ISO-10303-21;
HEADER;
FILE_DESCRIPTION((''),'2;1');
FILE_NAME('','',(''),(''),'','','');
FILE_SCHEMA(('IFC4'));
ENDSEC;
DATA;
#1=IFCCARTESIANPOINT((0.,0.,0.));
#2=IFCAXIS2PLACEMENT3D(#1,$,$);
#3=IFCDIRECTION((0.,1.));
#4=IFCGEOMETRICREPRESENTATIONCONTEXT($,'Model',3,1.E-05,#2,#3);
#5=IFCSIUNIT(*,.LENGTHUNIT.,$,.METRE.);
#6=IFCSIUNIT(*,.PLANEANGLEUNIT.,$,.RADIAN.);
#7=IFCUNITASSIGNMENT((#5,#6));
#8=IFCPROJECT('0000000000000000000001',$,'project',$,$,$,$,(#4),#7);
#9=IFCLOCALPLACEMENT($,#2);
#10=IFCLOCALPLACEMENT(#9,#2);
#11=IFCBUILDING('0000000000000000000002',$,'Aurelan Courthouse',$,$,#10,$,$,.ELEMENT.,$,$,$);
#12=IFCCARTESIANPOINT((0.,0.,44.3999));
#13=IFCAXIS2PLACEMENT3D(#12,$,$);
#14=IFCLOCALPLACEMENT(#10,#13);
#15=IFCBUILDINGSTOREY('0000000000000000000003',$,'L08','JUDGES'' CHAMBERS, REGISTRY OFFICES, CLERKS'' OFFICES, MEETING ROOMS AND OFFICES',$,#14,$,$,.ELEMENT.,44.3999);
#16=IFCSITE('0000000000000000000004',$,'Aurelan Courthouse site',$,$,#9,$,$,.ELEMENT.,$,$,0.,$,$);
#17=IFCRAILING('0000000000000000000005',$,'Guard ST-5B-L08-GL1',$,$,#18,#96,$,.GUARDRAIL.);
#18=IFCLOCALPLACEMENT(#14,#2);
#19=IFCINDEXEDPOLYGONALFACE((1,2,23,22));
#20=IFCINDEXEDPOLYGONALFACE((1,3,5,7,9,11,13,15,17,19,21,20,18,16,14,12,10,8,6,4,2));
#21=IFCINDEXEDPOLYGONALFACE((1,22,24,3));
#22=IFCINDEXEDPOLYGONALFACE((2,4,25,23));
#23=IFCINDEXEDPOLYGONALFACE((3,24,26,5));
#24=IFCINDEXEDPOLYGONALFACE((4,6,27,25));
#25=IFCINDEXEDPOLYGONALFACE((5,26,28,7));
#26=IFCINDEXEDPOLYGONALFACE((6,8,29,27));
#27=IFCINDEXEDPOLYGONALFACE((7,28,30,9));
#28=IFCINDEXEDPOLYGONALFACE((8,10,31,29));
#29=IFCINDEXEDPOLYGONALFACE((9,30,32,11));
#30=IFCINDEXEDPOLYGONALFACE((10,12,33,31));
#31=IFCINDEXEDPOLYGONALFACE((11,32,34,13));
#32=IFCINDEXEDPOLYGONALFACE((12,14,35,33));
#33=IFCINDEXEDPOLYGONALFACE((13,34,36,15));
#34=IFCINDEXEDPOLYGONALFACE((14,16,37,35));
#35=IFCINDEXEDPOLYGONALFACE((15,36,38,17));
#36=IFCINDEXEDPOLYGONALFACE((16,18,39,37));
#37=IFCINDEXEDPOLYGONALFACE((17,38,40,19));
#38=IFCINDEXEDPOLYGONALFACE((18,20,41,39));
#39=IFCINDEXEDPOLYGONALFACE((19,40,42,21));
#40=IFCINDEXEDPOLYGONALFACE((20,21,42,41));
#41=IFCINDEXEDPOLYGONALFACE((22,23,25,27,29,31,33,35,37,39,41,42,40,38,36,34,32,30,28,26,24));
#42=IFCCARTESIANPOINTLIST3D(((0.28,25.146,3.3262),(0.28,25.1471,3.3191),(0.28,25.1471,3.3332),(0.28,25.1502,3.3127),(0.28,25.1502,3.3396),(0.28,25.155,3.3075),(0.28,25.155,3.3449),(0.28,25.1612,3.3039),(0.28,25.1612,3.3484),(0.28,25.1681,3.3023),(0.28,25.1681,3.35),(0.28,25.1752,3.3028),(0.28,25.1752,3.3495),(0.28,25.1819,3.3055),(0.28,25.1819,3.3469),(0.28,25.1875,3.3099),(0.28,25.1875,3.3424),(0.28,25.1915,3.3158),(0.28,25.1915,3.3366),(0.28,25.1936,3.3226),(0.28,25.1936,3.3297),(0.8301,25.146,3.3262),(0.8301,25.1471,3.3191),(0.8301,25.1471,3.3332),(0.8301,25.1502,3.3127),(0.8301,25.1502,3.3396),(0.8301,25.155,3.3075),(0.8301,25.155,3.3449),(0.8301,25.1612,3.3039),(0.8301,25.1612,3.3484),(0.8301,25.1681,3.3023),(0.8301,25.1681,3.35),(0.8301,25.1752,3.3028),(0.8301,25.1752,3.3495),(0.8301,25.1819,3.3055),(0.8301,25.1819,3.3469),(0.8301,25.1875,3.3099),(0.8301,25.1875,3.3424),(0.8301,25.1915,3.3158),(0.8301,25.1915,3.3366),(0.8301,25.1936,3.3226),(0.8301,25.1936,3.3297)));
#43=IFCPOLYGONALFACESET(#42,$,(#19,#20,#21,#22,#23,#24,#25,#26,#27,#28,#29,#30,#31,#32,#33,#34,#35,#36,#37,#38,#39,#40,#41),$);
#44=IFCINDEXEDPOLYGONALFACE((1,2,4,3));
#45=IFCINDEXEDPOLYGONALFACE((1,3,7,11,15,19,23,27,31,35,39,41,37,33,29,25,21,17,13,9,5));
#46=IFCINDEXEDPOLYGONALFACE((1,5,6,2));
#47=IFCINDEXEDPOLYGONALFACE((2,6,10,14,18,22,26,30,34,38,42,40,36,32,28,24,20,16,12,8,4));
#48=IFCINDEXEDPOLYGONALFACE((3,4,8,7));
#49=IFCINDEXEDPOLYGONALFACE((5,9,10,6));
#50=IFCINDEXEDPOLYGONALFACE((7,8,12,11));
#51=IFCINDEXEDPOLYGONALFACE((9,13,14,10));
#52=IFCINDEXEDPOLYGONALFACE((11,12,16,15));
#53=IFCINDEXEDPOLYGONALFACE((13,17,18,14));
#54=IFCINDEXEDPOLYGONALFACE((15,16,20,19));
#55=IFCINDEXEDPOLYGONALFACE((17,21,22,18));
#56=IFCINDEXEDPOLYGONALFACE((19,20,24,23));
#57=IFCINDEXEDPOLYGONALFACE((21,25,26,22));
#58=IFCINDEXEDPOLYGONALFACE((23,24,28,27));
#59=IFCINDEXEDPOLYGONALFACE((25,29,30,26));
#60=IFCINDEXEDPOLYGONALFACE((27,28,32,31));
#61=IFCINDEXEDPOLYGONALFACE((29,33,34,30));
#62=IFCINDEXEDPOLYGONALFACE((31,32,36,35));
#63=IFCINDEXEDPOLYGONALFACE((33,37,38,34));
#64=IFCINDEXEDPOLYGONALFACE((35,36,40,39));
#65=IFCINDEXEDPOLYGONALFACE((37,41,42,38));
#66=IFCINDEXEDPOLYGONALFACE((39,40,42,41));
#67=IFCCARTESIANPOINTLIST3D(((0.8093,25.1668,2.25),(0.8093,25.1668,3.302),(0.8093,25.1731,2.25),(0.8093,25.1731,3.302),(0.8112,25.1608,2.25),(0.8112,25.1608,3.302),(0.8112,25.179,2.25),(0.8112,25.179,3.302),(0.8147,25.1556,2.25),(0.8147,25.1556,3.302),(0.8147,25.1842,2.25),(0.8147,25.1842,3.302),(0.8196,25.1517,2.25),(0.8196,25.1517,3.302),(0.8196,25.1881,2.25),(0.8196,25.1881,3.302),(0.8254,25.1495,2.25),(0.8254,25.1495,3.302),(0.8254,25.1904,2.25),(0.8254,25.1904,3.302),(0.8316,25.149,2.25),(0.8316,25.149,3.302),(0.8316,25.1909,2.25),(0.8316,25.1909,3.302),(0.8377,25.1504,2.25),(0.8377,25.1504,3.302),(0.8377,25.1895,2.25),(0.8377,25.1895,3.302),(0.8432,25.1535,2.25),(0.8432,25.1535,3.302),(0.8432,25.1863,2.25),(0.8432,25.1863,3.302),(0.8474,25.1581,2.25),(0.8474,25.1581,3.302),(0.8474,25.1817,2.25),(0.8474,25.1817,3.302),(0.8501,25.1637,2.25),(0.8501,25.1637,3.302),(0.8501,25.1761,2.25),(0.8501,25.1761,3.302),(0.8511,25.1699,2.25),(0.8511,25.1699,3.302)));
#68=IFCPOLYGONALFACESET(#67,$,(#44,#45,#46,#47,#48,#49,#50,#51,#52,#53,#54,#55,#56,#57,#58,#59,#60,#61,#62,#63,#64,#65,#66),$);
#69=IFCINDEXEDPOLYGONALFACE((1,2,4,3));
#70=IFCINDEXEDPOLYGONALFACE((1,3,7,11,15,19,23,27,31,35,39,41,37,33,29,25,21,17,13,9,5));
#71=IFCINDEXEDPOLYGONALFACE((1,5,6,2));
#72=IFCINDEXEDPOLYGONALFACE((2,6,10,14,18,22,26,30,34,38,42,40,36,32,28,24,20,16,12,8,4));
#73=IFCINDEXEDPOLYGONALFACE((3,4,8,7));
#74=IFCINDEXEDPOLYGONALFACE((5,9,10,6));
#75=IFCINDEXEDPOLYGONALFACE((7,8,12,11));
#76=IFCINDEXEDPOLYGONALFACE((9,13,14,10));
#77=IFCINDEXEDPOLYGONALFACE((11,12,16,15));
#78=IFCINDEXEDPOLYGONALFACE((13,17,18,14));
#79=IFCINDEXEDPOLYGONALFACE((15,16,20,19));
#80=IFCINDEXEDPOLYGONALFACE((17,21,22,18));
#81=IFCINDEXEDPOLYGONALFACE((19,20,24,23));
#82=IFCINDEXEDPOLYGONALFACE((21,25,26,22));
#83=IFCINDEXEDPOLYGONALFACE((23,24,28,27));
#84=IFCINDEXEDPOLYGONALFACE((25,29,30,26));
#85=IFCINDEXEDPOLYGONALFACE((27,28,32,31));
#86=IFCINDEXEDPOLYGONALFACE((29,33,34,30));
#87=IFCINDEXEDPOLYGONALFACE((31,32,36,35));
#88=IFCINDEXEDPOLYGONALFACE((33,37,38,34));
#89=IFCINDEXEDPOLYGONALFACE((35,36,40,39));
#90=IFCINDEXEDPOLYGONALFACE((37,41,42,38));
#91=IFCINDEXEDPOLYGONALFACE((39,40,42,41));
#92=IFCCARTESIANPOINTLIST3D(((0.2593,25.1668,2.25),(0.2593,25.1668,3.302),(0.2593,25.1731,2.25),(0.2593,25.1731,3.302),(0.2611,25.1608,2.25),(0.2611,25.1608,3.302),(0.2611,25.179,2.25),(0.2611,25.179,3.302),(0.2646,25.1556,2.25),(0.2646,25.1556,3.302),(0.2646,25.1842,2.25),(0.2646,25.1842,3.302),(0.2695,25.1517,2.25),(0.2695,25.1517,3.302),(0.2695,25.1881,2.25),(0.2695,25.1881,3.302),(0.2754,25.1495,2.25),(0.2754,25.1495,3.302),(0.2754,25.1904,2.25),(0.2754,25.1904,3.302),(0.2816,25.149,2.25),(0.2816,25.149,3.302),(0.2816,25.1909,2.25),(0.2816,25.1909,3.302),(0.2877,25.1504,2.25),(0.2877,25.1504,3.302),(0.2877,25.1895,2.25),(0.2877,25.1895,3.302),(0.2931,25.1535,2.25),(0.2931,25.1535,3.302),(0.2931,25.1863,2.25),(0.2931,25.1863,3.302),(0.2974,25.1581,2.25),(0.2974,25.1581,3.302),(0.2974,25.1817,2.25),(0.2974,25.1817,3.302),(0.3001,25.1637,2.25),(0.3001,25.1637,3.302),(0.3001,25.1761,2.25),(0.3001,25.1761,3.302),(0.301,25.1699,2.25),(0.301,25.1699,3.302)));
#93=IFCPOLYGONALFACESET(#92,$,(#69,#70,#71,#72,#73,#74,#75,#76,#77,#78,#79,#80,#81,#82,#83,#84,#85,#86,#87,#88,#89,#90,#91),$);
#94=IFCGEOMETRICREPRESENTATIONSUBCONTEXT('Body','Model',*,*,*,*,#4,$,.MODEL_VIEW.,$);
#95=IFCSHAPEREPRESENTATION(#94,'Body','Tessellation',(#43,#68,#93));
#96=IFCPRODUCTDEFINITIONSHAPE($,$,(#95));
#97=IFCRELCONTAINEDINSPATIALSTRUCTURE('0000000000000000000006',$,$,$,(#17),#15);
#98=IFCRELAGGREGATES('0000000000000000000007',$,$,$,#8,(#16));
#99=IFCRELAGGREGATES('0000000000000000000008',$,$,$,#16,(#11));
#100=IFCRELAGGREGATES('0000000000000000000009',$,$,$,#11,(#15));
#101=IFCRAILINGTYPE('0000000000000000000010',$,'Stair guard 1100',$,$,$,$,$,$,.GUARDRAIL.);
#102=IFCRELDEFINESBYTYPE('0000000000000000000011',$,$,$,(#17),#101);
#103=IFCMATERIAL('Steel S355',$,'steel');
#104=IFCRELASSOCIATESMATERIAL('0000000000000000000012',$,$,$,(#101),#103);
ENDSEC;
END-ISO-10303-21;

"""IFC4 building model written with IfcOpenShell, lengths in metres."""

from ifc_helpers import new_model, si_unit, direction, frame, origin, origin_2d, place, context, subcontext, project, spatial, circle, extrude, material, type_object, element, save


model = new_model("IFC4")

# Units and contexts
model_context = context("Model", 3, precision=1e-05, world=origin(), true_north=direction((0.0, 1.0)))
body_context = subcontext(model_context, "Body", "Model", "MODEL_VIEW")
ifc_project = project(units=[si_unit("LENGTHUNIT", "METRE"), si_unit("PLANEANGLEUNIT", "RADIAN")], contexts=[model_context])

# Site, building, storey
site_placement = place(None, origin())
site = spatial("IfcSite", under=ifc_project, at=site_placement, Name="Aurelan Courthouse site", CompositionType="ELEMENT", RefElevation=0.0)
building_placement = place(site_placement, origin())
building = spatial("IfcBuilding", under=site, at=building_placement, Name="Aurelan Courthouse", CompositionType="ELEMENT")
storey_placement = place(building_placement, frame((0.0, 0.0, 44.3999)))
storey = spatial("IfcBuildingStorey", under=building, at=storey_placement, Name="L08", Description="JUDGES' CHAMBERS, REGISTRY OFFICES, CLERKS' OFFICES, MEETING ROOMS AND OFFICES", CompositionType="ELEMENT", Elevation=44.3999)

# Railing
ifc_material_1 = material(Name="Steel S355", Category="steel")
railing_type_1 = type_object("IfcRailingType", Name="Stair guard 1100", PredefinedType="GUARDRAIL", material=ifc_material_1)
railing_placement = place(storey_placement, frame((0.8301, 25.1699, 2.25)))
element("IfcRailing", 1, at=railing_placement, inside=storey, type_object=railing_type_1, Name="Guard ST-5B-L08-GL1", PredefinedType="GUARDRAIL", context=body_context, shape_type="SweptSolid", body=[
    extrude(circle(Radius=0.0239, at=origin_2d()), frame((0.0, 0.0, 1.0762), z_axis=(-1.0, 0.0, 0.0), x_axis=(0.0, -1.0, 0.0)), (0.0, 0.0, 1.0), 0.55),
    extrude(circle(Radius=0.021, at=origin_2d()), origin(), (0.0, 0.0, 1.0), 1.052),
    extrude(circle(Radius=0.021, at=origin_2d()), frame((-0.55, 0.0, 0.0)), (0.0, 0.0, 1.0), 1.052),
])

save(model, "model.ifc")
